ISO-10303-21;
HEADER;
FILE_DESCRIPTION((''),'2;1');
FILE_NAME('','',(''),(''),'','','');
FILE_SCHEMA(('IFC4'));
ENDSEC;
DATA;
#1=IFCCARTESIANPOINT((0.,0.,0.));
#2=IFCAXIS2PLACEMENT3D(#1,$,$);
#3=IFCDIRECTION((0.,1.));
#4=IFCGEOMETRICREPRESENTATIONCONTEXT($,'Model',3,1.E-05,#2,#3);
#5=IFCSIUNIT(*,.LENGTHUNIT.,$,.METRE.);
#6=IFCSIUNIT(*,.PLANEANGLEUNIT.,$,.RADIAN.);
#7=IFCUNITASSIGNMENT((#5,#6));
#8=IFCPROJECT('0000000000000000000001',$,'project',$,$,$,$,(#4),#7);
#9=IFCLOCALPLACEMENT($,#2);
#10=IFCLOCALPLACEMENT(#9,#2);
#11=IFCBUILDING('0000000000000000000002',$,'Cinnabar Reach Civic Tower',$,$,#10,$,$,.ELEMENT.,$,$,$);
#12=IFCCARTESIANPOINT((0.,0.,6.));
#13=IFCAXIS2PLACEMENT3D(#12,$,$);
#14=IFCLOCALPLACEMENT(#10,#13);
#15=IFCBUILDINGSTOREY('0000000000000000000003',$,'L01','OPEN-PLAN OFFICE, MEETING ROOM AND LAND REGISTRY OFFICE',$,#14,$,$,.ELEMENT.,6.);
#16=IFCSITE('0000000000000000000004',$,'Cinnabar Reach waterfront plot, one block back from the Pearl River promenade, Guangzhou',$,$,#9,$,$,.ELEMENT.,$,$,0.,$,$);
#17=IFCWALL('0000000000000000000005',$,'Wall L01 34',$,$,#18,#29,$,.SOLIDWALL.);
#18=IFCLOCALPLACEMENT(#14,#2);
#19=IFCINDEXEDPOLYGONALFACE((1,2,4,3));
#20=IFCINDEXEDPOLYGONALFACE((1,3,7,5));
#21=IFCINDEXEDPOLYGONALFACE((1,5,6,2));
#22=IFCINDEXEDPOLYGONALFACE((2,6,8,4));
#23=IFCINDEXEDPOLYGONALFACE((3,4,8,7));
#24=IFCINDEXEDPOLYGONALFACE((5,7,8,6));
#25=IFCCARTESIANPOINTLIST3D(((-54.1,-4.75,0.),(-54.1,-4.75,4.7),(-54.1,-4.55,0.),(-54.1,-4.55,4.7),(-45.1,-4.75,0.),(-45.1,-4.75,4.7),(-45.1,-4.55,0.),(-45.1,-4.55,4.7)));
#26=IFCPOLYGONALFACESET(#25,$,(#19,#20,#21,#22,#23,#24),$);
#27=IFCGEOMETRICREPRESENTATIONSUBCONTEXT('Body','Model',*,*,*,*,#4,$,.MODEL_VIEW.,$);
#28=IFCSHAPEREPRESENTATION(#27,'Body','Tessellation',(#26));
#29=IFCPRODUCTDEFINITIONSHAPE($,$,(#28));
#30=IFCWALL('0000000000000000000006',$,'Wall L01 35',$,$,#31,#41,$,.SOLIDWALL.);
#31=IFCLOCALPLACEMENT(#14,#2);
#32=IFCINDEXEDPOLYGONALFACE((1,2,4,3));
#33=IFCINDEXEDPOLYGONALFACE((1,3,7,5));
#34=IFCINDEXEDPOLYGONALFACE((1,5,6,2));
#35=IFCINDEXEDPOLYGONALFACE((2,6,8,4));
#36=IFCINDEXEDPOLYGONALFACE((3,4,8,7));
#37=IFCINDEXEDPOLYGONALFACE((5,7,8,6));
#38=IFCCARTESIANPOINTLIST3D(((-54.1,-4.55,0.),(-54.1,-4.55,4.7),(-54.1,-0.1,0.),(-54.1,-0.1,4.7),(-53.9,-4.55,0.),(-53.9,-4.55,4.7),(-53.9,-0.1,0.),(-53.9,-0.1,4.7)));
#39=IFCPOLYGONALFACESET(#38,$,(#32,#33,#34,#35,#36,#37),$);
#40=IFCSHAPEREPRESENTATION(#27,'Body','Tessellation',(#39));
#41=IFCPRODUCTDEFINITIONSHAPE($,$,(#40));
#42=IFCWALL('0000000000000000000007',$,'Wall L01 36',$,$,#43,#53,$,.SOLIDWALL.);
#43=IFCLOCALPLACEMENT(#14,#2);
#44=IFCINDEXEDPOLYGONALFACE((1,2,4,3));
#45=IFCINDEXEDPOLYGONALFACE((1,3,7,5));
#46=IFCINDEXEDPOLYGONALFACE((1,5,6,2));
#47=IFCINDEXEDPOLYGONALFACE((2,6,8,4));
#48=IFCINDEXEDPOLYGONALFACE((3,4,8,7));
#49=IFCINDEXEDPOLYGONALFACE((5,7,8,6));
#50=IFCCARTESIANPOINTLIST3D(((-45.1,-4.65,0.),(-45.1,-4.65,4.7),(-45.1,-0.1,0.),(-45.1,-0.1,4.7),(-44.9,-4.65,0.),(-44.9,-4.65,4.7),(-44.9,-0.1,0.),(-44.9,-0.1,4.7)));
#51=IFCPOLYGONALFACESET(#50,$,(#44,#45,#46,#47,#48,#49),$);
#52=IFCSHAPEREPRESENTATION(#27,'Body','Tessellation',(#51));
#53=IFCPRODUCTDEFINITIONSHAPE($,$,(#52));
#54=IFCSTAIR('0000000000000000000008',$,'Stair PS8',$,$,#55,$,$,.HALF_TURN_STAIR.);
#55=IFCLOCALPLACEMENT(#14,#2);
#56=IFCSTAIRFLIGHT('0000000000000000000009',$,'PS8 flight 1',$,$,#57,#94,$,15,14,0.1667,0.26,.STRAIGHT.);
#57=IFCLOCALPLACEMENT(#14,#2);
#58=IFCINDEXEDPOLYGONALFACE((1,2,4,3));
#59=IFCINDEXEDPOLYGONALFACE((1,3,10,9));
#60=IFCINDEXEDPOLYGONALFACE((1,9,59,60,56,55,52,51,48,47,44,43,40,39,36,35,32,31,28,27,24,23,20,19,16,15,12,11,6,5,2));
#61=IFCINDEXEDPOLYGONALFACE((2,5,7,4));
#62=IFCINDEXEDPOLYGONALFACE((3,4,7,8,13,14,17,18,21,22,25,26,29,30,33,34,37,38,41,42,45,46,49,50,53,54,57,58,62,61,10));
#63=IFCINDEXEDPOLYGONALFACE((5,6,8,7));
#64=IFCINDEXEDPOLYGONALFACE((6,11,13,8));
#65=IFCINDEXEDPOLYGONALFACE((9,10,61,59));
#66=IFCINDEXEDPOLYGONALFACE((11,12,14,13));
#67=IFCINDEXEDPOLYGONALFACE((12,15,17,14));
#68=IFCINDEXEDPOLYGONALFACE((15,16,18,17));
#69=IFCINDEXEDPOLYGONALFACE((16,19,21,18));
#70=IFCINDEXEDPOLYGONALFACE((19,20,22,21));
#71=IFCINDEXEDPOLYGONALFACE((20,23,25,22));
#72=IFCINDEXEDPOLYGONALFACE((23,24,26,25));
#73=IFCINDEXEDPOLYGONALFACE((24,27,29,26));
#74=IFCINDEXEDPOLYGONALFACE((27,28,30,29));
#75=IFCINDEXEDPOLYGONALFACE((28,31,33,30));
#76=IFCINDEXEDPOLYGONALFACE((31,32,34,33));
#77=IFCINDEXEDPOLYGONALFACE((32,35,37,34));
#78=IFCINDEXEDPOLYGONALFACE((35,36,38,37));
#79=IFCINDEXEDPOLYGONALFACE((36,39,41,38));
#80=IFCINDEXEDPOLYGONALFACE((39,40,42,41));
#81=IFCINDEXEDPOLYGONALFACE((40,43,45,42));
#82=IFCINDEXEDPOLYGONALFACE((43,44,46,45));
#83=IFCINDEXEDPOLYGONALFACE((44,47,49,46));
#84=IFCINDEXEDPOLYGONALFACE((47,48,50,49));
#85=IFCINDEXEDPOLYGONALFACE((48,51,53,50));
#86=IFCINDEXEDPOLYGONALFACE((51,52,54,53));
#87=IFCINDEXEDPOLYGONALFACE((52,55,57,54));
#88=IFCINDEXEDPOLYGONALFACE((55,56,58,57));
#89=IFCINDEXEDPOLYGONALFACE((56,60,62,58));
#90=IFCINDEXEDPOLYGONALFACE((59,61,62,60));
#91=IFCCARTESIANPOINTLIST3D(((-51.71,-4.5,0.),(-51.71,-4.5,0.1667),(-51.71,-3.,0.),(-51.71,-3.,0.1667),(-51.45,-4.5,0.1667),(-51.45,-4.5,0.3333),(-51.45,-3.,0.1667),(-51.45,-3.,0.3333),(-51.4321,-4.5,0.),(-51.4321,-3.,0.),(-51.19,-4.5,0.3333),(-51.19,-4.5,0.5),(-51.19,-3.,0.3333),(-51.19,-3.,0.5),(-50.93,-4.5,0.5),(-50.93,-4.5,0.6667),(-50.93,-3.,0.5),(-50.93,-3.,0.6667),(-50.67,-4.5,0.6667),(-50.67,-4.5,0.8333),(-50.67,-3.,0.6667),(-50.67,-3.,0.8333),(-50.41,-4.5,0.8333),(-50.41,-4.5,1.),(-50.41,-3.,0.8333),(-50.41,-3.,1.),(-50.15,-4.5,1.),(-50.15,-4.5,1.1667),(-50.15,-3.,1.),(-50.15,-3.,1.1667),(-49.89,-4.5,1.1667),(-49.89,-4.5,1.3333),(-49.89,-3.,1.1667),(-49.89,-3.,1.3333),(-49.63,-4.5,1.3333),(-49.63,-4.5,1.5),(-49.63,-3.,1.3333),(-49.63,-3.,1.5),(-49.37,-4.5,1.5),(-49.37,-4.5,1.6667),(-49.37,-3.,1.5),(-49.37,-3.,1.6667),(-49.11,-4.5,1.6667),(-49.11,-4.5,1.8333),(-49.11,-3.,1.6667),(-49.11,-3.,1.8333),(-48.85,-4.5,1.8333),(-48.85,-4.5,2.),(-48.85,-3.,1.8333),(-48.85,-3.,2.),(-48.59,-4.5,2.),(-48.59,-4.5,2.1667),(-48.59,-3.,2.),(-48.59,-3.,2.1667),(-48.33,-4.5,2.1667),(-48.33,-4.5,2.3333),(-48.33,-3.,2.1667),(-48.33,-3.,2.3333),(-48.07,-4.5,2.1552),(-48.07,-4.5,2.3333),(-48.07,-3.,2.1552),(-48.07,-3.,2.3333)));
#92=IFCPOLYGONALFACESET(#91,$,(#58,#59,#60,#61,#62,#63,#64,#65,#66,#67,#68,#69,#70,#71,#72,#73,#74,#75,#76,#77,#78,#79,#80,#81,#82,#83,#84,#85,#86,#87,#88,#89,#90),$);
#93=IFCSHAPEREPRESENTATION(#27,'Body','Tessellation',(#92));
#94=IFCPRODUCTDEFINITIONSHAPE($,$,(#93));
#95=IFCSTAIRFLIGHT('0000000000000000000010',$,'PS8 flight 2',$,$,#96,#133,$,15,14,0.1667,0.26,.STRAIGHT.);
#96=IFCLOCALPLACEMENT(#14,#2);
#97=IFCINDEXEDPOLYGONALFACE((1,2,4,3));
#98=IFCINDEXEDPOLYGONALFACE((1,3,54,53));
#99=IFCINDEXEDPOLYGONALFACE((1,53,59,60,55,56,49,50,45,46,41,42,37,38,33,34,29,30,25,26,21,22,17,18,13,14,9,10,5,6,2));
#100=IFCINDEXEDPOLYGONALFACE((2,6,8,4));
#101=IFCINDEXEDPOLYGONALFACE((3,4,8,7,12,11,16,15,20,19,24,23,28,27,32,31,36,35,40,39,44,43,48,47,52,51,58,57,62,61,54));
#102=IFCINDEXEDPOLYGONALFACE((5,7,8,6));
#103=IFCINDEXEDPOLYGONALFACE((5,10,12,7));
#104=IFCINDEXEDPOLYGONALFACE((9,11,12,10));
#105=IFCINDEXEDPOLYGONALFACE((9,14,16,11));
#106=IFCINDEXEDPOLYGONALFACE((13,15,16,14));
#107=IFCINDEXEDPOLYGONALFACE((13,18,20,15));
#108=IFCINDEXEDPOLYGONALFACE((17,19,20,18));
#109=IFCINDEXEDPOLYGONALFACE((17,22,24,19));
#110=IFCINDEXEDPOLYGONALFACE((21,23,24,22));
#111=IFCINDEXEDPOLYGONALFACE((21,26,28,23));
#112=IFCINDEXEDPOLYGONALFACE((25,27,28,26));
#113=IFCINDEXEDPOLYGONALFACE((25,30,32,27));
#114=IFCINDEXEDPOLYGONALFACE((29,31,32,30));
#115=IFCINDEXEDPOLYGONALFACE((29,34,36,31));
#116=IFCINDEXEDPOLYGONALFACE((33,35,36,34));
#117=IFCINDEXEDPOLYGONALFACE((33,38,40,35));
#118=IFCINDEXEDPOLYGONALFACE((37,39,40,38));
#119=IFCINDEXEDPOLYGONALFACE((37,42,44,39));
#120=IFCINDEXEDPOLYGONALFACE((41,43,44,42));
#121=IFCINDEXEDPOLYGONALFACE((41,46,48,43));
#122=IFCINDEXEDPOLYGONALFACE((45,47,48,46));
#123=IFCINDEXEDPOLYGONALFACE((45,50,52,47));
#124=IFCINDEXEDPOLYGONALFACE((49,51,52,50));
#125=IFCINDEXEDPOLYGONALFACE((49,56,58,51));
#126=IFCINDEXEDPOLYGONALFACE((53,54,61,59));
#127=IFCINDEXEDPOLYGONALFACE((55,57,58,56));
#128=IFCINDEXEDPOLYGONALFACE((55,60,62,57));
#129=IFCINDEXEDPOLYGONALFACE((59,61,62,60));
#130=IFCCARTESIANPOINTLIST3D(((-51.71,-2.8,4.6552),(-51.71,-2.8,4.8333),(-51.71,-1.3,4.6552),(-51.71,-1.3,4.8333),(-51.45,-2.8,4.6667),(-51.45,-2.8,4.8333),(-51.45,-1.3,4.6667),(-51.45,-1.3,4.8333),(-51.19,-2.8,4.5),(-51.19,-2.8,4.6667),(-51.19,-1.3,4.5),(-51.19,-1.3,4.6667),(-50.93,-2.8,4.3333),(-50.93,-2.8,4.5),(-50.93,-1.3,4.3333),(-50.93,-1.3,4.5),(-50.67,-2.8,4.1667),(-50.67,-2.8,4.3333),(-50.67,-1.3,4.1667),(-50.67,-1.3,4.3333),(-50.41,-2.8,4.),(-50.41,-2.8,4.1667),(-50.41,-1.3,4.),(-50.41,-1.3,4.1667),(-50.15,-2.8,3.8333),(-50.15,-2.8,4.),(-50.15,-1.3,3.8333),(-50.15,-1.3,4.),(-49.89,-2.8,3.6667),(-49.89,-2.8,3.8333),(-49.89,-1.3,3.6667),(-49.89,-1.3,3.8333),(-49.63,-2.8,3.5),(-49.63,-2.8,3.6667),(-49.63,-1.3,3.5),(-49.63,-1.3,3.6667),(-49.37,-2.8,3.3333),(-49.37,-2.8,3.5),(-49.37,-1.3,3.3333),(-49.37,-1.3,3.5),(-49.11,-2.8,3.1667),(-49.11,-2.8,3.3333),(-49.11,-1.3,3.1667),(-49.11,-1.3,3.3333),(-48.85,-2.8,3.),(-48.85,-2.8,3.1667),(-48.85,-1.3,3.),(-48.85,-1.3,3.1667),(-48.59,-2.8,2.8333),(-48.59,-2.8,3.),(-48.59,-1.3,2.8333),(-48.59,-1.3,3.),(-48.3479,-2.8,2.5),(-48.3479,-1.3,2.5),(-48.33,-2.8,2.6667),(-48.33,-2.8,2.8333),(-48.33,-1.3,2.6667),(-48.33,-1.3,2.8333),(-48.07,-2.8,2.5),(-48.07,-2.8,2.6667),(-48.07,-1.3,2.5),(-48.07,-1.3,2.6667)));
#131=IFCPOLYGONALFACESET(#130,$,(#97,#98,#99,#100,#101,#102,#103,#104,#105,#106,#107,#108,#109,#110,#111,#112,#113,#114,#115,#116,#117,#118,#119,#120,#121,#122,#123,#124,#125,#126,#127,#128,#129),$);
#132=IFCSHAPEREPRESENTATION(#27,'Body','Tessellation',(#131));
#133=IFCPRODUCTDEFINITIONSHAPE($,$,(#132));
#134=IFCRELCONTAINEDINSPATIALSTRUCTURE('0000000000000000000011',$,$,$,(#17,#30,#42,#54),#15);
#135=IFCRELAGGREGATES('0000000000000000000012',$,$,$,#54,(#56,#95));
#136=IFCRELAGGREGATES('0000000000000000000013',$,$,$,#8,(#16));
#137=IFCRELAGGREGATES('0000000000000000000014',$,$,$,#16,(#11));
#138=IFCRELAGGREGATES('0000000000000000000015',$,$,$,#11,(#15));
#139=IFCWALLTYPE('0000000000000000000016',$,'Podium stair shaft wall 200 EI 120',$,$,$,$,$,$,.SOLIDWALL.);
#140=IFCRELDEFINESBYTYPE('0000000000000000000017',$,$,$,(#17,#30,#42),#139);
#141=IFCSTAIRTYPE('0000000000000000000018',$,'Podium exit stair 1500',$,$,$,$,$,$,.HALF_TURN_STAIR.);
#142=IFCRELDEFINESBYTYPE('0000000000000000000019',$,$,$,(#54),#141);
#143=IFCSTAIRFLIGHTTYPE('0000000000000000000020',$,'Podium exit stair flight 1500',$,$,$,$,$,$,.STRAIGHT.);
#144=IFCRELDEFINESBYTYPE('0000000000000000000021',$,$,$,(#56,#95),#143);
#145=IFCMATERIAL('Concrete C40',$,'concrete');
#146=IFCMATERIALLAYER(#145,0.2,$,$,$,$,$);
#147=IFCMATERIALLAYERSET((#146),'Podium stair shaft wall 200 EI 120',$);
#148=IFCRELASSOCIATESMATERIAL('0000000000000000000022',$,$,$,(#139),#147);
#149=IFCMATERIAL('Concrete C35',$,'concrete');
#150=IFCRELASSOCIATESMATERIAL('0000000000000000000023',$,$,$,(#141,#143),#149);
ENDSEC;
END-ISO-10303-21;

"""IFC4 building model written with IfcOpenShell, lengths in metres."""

from ifc_helpers import new_model, si_unit, direction, frame, frame_2d, origin, place, context, subcontext, project, spatial, polyline, rectangle, outline, extrude, material, layer, layer_set, type_object, element, aggregate, save


model = new_model("IFC4")

# Units and contexts
model_context = context("Model", 3, precision=1e-05, world=origin(), true_north=direction((0.0, 1.0)))
body_context = subcontext(model_context, "Body", "Model", "MODEL_VIEW")
ifc_project = project(units=[si_unit("LENGTHUNIT", "METRE"), si_unit("PLANEANGLEUNIT", "RADIAN")], contexts=[model_context])

# Site, building, storey
site_placement = place(None, origin())
site = spatial("IfcSite", under=ifc_project, at=site_placement, Name="Cinnabar Reach waterfront plot, one block back from the Pearl River promenade, Guangzhou", CompositionType="ELEMENT", RefElevation=0.0)
building_placement = place(site_placement, origin())
building = spatial("IfcBuilding", under=site, at=building_placement, Name="Cinnabar Reach Civic Tower", CompositionType="ELEMENT")
storey_placement = place(building_placement, frame((0.0, 0.0, 6.0)))
storey = spatial("IfcBuildingStorey", under=building, at=storey_placement, Name="L01", Description="OPEN-PLAN OFFICE, MEETING ROOM AND LAND REGISTRY OFFICE", CompositionType="ELEMENT", Elevation=6.0)

# Shared definitions
ifc_material_1 = material(Name="Concrete C40", Category="concrete")
ifc_layer_1 = layer(ifc_material_1, 0.2)
ifc_layer_set_1 = layer_set([ifc_layer_1], Name="Podium stair shaft wall 200 EI 120")
wall_type_1 = type_object("IfcWallType", Name="Podium stair shaft wall 200 EI 120", PredefinedType="SOLIDWALL", material=ifc_layer_set_1)

# Walls
wall_1_placement = place(storey_placement, frame((-54.1, -4.65, 0.0), z_axis=(0.0, 0.0, 1.0), x_axis=(1.0, 0.0, 0.0)))
element("IfcWall", 1, at=wall_1_placement, inside=storey, type_object=wall_type_1, Name="Wall L01 34", PredefinedType="SOLIDWALL", context=body_context, shape_type="SweptSolid", body=[
    extrude(rectangle(XDim=9.0, YDim=0.2, at=frame_2d((4.5, 0.0))), origin(), (0.0, 0.0, 1.0), 4.7),
])
wall_2_placement = place(storey_placement, frame((-54.0, -4.55, 0.0), z_axis=(0.0, 0.0, 1.0), x_axis=(0.0, 1.0, 0.0)))
element("IfcWall", 2, at=wall_2_placement, inside=storey, type_object=wall_type_1, Name="Wall L01 35", PredefinedType="SOLIDWALL", context=body_context, shape_type="SweptSolid", body=[
    extrude(rectangle(XDim=4.45, YDim=0.2, at=frame_2d((2.225, 0.0))), origin(), (0.0, 0.0, 1.0), 4.7),
])
wall_3_placement = place(storey_placement, frame((-45.0, -4.65, 0.0), z_axis=(0.0, 0.0, 1.0), x_axis=(0.0, 1.0, 0.0)))
element("IfcWall", 3, at=wall_3_placement, inside=storey, type_object=wall_type_1, Name="Wall L01 36", PredefinedType="SOLIDWALL", context=body_context, shape_type="SweptSolid", body=[
    extrude(rectangle(XDim=4.55, YDim=0.2, at=frame_2d((2.275, 0.0))), origin(), (0.0, 0.0, 1.0), 4.7),
])

# Stair, stair flights
ifc_material_2 = material(Name="Concrete C35", Category="concrete")
stair_type = type_object("IfcStairType", Name="Podium exit stair 1500", PredefinedType="HALF_TURN_STAIR", material=ifc_material_2)
stair_placement = place(storey_placement, origin())
stair = element("IfcStair", 4, at=stair_placement, inside=storey, type_object=stair_type, Name="Stair PS8", PredefinedType="HALF_TURN_STAIR")
stair_flight_type = type_object("IfcStairFlightType", Name="Podium exit stair flight 1500", PredefinedType="STRAIGHT", material=ifc_material_2)
stair_flight_1_placement = place(storey_placement, frame((-51.71, -3.75, 0.0), z_axis=(0.0, 0.0, 1.0), x_axis=(1.0, 0.0, 0.0)))
stair_flight_1 = element("IfcStairFlight", 5, at=stair_flight_1_placement, type_object=stair_flight_type, Name="PS8 flight 1", NumberOfRisers=15, NumberOfTreads=14, PredefinedType="STRAIGHT", RiserHeight=0.1667, TreadLength=0.26, context=body_context, shape_type="SweptSolid", body=[
    extrude(outline(polyline([(0.0, 0.0), (0.0, 0.1667), (0.26, 0.1667), (0.26, 0.3333), (0.52, 0.3333), (0.52, 0.5), (0.78, 0.5), (0.78, 0.6667), (1.04, 0.6667), (1.04, 0.8333), (1.3, 0.8333), (1.3, 1.0), (1.56, 1.0), (1.56, 1.1667), (1.82, 1.1667), (1.82, 1.3333), (2.08, 1.3333), (2.08, 1.5), (2.34, 1.5), (2.34, 1.6667), (2.6, 1.6667), (2.6, 1.8333), (2.86, 1.8333), (2.86, 2.0), (3.12, 2.0), (3.12, 2.1667), (3.38, 2.1667), (3.38, 2.3333), (3.64, 2.3333), (3.64, 2.5), (3.64, 2.1552), (0.2779, 0.0), (0.0, 0.0)])), frame((0.0, 0.75, 0.0), z_axis=(0.0, -1.0, 0.0), x_axis=(1.0, 0.0, 0.0)), (0.0, 0.0, 1.0), 1.5),
])
stair_flight_2_placement = place(storey_placement, frame((-48.07, -2.05, 2.5), z_axis=(0.0, 0.0, 1.0), x_axis=(-1.0, 0.0, 0.0)))
stair_flight_2 = element("IfcStairFlight", 6, at=stair_flight_2_placement, type_object=stair_flight_type, Name="PS8 flight 2", NumberOfRisers=15, NumberOfTreads=14, PredefinedType="STRAIGHT", RiserHeight=0.1667, TreadLength=0.26, context=body_context, shape_type="SweptSolid", body=[
    extrude(outline(polyline([(0.0, 0.0), (0.0, 0.1667), (0.26, 0.1667), (0.26, 0.3333), (0.52, 0.3333), (0.52, 0.5), (0.78, 0.5), (0.78, 0.6667), (1.04, 0.6667), (1.04, 0.8333), (1.3, 0.8333), (1.3, 1.0), (1.56, 1.0), (1.56, 1.1667), (1.82, 1.1667), (1.82, 1.3333), (2.08, 1.3333), (2.08, 1.5), (2.34, 1.5), (2.34, 1.6667), (2.6, 1.6667), (2.6, 1.8333), (2.86, 1.8333), (2.86, 2.0), (3.12, 2.0), (3.12, 2.1667), (3.38, 2.1667), (3.38, 2.3333), (3.64, 2.3333), (3.64, 2.5), (3.64, 2.1552), (0.2779, 0.0), (0.0, 0.0)])), frame((0.0, 0.75, 0.0), z_axis=(0.0, -1.0, 0.0), x_axis=(1.0, 0.0, 0.0)), (0.0, 0.0, 1.0), 1.5),
])
aggregate(stair, [stair_flight_1, stair_flight_2])

save(model, "model.ifc")
